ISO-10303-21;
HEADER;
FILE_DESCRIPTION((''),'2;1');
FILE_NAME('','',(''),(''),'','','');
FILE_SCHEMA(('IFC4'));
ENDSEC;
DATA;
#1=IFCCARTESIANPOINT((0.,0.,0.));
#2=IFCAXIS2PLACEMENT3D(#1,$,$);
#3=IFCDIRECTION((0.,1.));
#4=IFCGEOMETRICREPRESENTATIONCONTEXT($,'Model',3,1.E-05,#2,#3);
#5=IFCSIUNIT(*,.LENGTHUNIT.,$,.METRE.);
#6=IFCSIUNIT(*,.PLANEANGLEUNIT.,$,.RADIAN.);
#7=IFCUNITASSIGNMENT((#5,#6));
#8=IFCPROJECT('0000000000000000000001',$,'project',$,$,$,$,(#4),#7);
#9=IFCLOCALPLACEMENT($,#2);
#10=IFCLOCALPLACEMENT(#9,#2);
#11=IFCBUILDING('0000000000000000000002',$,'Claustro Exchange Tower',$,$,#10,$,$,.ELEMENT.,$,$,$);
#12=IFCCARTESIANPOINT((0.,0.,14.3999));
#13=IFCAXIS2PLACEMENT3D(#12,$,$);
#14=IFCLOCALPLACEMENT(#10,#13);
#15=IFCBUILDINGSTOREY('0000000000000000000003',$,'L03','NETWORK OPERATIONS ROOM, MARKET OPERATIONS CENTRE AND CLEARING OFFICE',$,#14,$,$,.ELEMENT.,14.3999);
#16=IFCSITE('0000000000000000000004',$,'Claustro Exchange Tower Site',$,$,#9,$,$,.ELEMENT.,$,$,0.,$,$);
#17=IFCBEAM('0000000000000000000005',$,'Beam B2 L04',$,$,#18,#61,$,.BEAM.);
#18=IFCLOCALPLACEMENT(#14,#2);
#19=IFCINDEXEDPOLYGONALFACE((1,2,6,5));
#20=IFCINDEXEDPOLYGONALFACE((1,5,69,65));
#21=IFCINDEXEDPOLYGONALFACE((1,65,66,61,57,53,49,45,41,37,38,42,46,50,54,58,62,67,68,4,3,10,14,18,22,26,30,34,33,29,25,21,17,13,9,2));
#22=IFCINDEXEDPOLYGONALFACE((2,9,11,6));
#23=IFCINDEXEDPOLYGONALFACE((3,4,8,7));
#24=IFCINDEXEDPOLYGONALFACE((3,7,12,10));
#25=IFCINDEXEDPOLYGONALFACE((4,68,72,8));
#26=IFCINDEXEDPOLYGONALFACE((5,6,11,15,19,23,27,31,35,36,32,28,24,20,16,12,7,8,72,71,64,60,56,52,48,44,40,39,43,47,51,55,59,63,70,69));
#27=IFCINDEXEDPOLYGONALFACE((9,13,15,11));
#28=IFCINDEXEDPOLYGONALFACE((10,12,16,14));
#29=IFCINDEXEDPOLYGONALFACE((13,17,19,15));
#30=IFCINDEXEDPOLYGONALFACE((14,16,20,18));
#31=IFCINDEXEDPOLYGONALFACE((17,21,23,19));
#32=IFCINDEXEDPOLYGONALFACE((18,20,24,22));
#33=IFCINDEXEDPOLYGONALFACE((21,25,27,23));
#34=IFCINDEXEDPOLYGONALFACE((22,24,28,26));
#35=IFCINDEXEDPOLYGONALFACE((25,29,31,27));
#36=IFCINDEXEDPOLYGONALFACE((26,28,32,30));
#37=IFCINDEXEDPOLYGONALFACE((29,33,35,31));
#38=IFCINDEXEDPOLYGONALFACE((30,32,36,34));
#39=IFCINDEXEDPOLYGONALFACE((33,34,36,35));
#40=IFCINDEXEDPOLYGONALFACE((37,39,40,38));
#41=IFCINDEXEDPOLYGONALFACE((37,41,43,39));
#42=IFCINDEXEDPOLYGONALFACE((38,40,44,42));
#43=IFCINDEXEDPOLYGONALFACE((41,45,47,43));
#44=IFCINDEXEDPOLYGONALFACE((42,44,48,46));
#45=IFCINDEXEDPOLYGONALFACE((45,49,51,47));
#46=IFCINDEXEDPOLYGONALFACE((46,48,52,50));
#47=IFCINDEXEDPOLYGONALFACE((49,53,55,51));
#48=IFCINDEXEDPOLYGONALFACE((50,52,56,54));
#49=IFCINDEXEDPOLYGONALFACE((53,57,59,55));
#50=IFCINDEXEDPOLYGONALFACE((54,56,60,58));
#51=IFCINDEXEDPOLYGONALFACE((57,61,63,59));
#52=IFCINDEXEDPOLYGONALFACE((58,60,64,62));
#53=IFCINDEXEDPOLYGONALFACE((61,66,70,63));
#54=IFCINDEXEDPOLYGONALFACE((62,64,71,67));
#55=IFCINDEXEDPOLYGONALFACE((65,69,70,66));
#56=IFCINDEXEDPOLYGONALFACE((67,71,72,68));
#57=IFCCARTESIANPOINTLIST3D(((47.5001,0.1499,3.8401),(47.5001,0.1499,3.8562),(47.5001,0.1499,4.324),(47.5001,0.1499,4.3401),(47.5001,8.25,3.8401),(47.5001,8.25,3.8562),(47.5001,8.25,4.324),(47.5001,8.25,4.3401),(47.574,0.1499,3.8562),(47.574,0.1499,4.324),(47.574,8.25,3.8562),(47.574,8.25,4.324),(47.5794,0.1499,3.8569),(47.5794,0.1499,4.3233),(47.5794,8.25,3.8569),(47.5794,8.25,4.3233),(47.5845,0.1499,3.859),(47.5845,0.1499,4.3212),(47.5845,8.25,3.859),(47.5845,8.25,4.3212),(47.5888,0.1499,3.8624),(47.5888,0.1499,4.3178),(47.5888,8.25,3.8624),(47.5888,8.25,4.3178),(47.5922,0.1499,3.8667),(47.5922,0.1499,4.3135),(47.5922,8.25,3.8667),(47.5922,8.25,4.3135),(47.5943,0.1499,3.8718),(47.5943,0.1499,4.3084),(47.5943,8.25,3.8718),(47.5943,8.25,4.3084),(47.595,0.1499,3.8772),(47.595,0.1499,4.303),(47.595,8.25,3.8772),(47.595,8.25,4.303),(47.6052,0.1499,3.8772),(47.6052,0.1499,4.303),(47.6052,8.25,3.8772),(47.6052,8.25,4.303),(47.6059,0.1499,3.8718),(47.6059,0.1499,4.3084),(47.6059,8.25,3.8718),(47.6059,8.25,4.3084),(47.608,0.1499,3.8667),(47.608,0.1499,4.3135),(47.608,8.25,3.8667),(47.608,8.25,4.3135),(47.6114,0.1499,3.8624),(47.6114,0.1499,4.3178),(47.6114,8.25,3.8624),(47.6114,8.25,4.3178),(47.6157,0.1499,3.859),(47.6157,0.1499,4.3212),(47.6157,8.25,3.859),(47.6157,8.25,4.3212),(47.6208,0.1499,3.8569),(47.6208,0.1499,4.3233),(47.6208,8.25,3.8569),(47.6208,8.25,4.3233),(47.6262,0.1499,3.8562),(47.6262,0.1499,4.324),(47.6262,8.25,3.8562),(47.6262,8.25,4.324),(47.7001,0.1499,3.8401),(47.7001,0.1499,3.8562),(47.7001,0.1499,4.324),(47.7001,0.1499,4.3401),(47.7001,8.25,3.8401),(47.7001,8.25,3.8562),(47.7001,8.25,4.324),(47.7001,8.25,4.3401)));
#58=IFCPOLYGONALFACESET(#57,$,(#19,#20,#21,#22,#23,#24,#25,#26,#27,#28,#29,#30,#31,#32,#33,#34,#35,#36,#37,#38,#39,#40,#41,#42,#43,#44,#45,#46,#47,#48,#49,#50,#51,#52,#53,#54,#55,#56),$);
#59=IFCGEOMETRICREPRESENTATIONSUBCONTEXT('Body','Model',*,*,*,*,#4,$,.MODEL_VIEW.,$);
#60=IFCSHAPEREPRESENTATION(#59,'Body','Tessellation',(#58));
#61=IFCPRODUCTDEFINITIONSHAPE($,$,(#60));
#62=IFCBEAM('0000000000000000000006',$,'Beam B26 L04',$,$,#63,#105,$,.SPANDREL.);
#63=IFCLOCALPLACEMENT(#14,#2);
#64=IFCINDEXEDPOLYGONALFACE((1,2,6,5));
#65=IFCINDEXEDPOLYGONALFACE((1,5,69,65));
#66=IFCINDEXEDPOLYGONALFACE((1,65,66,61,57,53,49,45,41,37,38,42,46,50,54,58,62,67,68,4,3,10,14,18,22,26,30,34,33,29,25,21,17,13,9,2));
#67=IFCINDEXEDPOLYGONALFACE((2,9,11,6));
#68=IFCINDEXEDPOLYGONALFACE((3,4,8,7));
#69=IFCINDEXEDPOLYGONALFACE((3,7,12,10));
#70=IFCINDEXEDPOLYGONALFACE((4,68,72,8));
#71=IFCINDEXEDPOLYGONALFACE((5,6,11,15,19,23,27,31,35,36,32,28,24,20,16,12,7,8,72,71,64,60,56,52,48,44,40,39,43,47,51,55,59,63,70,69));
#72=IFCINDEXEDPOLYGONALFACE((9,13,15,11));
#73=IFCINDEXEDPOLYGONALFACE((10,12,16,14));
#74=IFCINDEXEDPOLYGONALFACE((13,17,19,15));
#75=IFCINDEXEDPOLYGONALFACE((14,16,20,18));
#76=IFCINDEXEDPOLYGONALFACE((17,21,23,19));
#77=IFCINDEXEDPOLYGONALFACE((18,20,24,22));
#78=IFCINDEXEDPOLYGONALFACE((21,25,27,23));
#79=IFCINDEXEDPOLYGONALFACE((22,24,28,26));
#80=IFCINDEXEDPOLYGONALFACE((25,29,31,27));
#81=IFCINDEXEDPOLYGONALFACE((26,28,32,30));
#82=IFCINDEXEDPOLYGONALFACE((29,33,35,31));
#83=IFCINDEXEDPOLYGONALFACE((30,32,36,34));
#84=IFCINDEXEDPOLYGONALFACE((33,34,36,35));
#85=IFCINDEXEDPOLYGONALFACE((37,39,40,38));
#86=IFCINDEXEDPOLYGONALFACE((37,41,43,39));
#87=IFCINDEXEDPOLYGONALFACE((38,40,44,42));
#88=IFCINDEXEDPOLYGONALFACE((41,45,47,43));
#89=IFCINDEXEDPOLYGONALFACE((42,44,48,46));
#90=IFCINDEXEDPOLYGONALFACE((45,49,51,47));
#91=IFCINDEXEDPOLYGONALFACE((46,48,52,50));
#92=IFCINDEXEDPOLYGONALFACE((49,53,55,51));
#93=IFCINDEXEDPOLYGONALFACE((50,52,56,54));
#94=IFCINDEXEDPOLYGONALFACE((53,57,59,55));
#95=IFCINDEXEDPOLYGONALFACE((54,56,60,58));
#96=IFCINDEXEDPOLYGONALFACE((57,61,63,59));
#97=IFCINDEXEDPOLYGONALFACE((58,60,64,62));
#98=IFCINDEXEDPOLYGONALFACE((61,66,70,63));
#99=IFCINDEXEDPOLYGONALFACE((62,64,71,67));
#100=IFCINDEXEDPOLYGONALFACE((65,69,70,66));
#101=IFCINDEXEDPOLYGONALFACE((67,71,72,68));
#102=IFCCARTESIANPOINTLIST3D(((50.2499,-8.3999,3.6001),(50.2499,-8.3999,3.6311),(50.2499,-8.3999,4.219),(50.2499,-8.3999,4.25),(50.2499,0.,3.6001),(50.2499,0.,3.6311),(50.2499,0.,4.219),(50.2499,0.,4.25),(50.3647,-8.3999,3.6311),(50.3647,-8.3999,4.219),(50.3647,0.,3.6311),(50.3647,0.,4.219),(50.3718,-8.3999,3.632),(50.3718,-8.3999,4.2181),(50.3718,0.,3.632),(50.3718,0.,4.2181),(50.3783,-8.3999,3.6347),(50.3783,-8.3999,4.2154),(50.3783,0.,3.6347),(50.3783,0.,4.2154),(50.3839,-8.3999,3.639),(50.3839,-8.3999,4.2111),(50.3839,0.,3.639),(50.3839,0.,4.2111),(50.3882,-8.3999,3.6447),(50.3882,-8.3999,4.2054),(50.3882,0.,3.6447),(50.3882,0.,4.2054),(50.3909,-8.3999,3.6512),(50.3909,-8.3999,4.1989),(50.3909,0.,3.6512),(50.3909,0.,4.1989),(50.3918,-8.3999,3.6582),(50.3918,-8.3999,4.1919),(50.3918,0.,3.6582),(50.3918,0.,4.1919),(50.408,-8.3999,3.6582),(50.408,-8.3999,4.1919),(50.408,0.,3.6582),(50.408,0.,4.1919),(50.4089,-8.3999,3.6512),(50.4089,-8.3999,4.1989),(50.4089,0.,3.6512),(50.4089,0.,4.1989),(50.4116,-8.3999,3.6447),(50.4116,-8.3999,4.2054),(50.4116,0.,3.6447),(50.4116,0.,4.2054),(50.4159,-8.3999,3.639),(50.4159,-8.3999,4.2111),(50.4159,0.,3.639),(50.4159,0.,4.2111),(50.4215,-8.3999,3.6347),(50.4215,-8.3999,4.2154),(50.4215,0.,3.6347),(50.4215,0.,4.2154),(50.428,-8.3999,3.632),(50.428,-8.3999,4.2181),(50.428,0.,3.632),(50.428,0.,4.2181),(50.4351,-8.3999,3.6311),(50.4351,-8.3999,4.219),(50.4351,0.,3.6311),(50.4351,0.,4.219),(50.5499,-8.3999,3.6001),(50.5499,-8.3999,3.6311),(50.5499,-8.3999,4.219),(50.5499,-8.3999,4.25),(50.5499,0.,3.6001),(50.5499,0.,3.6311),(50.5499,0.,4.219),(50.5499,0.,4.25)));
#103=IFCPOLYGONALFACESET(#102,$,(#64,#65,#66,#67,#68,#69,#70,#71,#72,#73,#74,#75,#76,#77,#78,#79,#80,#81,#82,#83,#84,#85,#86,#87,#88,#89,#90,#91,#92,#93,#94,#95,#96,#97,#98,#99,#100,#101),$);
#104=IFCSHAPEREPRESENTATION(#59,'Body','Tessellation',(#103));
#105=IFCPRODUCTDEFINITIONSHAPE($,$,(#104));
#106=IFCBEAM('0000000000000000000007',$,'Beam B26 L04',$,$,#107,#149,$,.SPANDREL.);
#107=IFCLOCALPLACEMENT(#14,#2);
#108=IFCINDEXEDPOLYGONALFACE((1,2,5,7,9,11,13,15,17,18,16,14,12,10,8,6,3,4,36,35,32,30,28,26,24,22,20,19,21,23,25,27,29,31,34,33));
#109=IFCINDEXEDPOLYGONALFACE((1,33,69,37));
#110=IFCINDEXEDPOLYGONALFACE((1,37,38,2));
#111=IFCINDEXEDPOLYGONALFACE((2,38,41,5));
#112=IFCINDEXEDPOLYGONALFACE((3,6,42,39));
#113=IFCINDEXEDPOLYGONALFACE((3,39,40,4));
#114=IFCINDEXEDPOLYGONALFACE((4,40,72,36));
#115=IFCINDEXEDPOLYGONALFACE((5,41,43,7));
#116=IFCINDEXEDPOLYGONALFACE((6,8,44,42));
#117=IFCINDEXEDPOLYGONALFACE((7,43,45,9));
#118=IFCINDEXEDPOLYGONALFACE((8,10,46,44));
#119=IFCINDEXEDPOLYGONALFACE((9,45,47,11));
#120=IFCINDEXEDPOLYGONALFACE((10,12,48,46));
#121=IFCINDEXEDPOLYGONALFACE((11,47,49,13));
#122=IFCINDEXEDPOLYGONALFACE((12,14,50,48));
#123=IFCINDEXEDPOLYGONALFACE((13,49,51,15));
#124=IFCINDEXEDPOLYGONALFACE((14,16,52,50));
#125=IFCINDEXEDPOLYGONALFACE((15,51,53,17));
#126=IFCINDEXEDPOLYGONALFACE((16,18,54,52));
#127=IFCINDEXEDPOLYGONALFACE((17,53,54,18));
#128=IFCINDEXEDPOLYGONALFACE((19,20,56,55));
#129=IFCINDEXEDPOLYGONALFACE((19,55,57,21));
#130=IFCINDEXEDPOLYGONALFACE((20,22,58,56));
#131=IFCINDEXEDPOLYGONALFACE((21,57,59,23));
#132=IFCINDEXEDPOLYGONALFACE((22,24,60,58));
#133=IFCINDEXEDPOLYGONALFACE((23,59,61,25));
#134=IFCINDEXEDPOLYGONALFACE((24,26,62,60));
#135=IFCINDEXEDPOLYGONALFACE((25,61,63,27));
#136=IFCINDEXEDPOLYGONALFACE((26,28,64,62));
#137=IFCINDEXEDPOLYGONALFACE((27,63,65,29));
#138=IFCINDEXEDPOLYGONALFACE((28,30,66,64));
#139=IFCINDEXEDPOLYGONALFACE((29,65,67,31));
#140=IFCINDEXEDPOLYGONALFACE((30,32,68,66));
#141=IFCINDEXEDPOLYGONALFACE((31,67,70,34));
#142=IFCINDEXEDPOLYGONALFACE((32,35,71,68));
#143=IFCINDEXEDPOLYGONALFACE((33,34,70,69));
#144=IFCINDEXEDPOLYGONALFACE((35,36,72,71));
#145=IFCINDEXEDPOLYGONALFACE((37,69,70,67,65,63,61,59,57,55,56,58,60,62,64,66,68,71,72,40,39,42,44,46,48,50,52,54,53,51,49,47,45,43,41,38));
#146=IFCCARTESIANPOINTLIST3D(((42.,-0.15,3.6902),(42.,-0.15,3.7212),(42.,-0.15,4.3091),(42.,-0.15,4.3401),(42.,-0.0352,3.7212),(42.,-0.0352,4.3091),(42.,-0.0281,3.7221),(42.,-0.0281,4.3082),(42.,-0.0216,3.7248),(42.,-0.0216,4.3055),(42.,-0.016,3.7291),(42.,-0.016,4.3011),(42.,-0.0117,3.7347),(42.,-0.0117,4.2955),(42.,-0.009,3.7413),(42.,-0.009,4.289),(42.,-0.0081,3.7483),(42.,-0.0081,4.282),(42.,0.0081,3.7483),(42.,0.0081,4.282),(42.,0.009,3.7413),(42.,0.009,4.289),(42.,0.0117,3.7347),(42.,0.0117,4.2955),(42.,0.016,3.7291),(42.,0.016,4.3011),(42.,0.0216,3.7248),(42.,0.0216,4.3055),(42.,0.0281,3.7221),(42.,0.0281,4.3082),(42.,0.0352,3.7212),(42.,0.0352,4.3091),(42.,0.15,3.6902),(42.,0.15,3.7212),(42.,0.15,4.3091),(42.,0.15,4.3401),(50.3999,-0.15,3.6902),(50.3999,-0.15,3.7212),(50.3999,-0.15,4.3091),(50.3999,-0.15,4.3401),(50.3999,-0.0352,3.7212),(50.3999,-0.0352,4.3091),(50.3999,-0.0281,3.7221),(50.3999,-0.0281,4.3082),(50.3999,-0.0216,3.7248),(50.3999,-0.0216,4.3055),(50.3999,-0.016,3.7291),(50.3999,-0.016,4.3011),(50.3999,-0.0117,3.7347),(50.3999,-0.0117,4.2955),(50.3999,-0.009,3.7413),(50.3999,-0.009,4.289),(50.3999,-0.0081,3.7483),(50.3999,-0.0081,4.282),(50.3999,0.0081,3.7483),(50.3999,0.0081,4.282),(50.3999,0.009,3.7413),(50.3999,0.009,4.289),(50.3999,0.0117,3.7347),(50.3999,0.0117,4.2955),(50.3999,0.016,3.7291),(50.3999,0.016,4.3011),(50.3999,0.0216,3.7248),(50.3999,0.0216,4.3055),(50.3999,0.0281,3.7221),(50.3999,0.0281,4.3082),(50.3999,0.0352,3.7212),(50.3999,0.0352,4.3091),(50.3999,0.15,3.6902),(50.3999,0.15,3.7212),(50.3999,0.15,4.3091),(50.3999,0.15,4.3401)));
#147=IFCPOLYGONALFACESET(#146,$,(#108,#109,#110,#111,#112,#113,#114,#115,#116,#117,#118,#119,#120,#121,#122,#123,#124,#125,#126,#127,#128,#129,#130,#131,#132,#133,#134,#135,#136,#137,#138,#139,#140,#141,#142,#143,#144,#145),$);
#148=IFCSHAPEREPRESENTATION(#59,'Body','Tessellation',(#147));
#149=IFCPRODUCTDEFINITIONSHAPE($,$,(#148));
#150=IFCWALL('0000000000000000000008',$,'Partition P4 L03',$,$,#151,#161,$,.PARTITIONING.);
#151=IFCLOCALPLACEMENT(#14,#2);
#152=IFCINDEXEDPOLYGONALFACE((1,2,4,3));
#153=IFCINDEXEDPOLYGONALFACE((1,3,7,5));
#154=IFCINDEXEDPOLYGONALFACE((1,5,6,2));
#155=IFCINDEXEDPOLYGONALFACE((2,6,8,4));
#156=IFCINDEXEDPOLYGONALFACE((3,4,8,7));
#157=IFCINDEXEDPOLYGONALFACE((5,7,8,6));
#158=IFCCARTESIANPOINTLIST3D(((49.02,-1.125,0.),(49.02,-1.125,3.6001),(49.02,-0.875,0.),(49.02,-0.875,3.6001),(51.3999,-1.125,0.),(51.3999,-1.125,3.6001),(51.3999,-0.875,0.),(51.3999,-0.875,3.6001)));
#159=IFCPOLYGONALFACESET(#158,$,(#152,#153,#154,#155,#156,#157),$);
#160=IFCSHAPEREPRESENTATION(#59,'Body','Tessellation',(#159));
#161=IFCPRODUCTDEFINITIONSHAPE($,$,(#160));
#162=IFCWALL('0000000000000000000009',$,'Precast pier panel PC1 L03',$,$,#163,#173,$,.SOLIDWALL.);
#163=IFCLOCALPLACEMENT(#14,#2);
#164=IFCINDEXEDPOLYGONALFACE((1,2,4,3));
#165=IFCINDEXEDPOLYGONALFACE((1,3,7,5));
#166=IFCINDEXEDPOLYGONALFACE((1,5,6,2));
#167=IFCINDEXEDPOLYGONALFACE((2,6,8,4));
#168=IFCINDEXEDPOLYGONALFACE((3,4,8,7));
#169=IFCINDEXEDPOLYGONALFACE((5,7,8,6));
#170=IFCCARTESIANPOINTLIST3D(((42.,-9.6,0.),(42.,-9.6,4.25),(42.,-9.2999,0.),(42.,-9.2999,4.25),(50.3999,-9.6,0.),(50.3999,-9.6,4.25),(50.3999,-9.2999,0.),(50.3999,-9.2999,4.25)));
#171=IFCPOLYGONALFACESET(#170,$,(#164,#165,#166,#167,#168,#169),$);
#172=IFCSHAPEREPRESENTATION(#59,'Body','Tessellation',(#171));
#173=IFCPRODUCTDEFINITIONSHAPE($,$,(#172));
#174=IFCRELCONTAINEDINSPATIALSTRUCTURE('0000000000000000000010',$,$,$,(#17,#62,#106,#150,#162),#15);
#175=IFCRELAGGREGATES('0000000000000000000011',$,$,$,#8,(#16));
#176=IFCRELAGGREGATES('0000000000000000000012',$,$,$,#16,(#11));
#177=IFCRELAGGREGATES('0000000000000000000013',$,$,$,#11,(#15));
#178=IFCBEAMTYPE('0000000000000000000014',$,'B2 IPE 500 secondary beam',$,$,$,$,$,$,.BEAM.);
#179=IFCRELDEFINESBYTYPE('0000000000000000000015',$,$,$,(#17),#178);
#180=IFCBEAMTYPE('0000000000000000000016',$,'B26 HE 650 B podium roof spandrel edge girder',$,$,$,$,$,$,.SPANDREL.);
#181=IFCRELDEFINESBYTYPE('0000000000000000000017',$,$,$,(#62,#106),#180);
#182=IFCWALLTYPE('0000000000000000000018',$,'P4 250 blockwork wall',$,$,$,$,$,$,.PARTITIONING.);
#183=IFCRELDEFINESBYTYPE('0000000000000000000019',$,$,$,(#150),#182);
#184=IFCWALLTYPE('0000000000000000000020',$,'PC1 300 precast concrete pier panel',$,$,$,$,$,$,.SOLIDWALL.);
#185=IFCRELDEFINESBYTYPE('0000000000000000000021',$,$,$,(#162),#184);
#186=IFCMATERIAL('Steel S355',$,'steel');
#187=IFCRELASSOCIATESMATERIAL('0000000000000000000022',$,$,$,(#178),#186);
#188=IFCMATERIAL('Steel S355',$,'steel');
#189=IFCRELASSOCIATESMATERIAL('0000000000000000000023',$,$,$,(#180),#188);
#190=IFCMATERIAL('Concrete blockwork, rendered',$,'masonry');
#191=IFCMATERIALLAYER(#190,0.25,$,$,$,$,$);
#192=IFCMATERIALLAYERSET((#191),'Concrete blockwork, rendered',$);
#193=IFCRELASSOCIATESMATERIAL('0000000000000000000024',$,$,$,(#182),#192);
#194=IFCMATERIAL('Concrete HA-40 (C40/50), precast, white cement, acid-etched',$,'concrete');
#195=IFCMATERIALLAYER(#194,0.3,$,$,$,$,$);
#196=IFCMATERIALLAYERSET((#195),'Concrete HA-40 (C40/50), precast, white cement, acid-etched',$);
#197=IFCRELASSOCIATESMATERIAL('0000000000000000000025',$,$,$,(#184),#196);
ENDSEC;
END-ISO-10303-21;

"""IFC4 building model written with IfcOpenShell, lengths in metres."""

from ifc_helpers import new_model, si_unit, direction, frame, frame_2d, origin, origin_2d, place, context, subcontext, project, spatial, rectangle, i_section, extrude, material, layer, layer_set, material_profile, profile_set, type_object, element, save


model = new_model("IFC4")

# Units and contexts
model_context = context("Model", 3, precision=1e-05, world=origin(), true_north=direction((0.0, 1.0)))
body_context = subcontext(model_context, "Body", "Model", "MODEL_VIEW")
ifc_project = project(units=[si_unit("LENGTHUNIT", "METRE"), si_unit("PLANEANGLEUNIT", "RADIAN")], contexts=[model_context])

# Site, building, storey
site_placement = place(None, origin())
site = spatial("IfcSite", under=ifc_project, at=site_placement, Name="Claustro Exchange Tower Site", CompositionType="ELEMENT", RefElevation=0.0)
building_placement = place(site_placement, origin())
building = spatial("IfcBuilding", under=site, at=building_placement, Name="Claustro Exchange Tower", CompositionType="ELEMENT")
storey_placement = place(building_placement, frame((0.0, 0.0, 14.3999)))
storey = spatial("IfcBuildingStorey", under=building, at=storey_placement, Name="L03", Description="NETWORK OPERATIONS ROOM, MARKET OPERATIONS CENTRE AND CLEARING OFFICE", CompositionType="ELEMENT", Elevation=14.3999)

# Beams
ifc_material_1 = material(Name="Steel S355", Category="steel")
ifc_material_profile_1 = material_profile(ifc_material_1, i_section(OverallWidth=0.2, OverallDepth=0.5, WebThickness=0.0103, FlangeThickness=0.0161, FilletRadius=0.021, at=origin_2d()), Name="IPE 500")
ifc_profile_set_1 = profile_set([ifc_material_profile_1], Name="Steel S355")
beam_type_1 = type_object("IfcBeamType", Name="B2 IPE 500 secondary beam", PredefinedType="BEAM", material=ifc_profile_set_1)
for number, where, z_axis, x_axis, name in (
    (1, (47.6001, 0.1499, 4.0901), (0.0, 1.0, 0.0), (-1.0, 0.0, 0.0), "Beam B2 L04"),
):
    element("IfcBeam", number, at=place(storey_placement, frame(where, z_axis=z_axis, x_axis=x_axis)), inside=storey, type_object=beam_type_1, Name=name, PredefinedType="BEAM", context=body_context, shape_type="SweptSolid", body=[
        extrude(i_section(OverallWidth=0.2, OverallDepth=0.5, WebThickness=0.0103, FlangeThickness=0.0161, FilletRadius=0.021, at=origin_2d()), origin(), (0.0, 0.0, 1.0), 8.1001),
    ])
ifc_material_2 = material(Name="Steel S355", Category="steel")
ifc_material_profile_2 = material_profile(ifc_material_2, i_section(OverallWidth=0.3, OverallDepth=0.6499, WebThickness=0.0161, FlangeThickness=0.031, FilletRadius=0.0271, at=origin_2d()), Name="HE 650 B")
ifc_profile_set_2 = profile_set([ifc_material_profile_2], Name="Steel S355")
beam_type_2 = type_object("IfcBeamType", Name="B26 HE 650 B podium roof spandrel edge girder", PredefinedType="SPANDREL", material=ifc_profile_set_2)
for number, where, z_axis, x_axis, name in (
    (2, (50.3999, -8.3999, 3.925), (0.0, 1.0, 0.0), (-1.0, 0.0, 0.0), "Beam B26 L04"),
    (3, (42.0, 0.0, 4.0151), (1.0, 0.0, 0.0), (0.0, 1.0, 0.0), "Beam B26 L04"),
):
    element("IfcBeam", number, at=place(storey_placement, frame(where, z_axis=z_axis, x_axis=x_axis)), inside=storey, type_object=beam_type_2, Name=name, PredefinedType="SPANDREL", context=body_context, shape_type="SweptSolid", body=[
        extrude(i_section(OverallWidth=0.3, OverallDepth=0.6499, WebThickness=0.0161, FlangeThickness=0.031, FilletRadius=0.0271, at=origin_2d()), origin(), (0.0, 0.0, 1.0), 8.3999),
    ])

# Walls
ifc_material_3 = material(Name="Concrete blockwork, rendered", Category="masonry")
ifc_layer_1 = layer(ifc_material_3, 0.25)
ifc_layer_set_1 = layer_set([ifc_layer_1], Name="Concrete blockwork, rendered")
wall_type_1 = type_object("IfcWallType", Name="P4 250 blockwork wall", PredefinedType="PARTITIONING", material=ifc_layer_set_1)
wall_1_placement = place(storey_placement, frame((49.02, -1.0, 0.0), z_axis=(0.0, 0.0, 1.0), x_axis=(1.0, 0.0, 0.0)))
element("IfcWall", 4, at=wall_1_placement, inside=storey, type_object=wall_type_1, Name="Partition P4 L03", PredefinedType="PARTITIONING", context=body_context, shape_type="SweptSolid", body=[
    extrude(rectangle(XDim=2.3799, YDim=0.25, at=frame_2d((1.1899, 0.0))), origin(), (0.0, 0.0, 1.0), 3.6001),
])
ifc_material_4 = material(Name="Concrete HA-40 (C40/50), precast, white cement, acid-etched", Category="concrete")
ifc_layer_2 = layer(ifc_material_4, 0.3)
ifc_layer_set_2 = layer_set([ifc_layer_2], Name="Concrete HA-40 (C40/50), precast, white cement, acid-etched")
wall_type_2 = type_object("IfcWallType", Name="PC1 300 precast concrete pier panel", PredefinedType="SOLIDWALL", material=ifc_layer_set_2)
wall_2_placement = place(storey_placement, frame((50.3999, -9.45, 0.0), z_axis=(0.0, 0.0, 1.0), x_axis=(-1.0, 0.0, 0.0)))
element("IfcWall", 5, at=wall_2_placement, inside=storey, type_object=wall_type_2, Name="Precast pier panel PC1 L03", PredefinedType="SOLIDWALL", context=body_context, shape_type="SweptSolid", body=[
    extrude(rectangle(XDim=8.3999, YDim=0.3, at=frame_2d((4.2, 0.0))), origin(), (0.0, 0.0, 1.0), 4.25),
])

save(model, "model.ifc")
